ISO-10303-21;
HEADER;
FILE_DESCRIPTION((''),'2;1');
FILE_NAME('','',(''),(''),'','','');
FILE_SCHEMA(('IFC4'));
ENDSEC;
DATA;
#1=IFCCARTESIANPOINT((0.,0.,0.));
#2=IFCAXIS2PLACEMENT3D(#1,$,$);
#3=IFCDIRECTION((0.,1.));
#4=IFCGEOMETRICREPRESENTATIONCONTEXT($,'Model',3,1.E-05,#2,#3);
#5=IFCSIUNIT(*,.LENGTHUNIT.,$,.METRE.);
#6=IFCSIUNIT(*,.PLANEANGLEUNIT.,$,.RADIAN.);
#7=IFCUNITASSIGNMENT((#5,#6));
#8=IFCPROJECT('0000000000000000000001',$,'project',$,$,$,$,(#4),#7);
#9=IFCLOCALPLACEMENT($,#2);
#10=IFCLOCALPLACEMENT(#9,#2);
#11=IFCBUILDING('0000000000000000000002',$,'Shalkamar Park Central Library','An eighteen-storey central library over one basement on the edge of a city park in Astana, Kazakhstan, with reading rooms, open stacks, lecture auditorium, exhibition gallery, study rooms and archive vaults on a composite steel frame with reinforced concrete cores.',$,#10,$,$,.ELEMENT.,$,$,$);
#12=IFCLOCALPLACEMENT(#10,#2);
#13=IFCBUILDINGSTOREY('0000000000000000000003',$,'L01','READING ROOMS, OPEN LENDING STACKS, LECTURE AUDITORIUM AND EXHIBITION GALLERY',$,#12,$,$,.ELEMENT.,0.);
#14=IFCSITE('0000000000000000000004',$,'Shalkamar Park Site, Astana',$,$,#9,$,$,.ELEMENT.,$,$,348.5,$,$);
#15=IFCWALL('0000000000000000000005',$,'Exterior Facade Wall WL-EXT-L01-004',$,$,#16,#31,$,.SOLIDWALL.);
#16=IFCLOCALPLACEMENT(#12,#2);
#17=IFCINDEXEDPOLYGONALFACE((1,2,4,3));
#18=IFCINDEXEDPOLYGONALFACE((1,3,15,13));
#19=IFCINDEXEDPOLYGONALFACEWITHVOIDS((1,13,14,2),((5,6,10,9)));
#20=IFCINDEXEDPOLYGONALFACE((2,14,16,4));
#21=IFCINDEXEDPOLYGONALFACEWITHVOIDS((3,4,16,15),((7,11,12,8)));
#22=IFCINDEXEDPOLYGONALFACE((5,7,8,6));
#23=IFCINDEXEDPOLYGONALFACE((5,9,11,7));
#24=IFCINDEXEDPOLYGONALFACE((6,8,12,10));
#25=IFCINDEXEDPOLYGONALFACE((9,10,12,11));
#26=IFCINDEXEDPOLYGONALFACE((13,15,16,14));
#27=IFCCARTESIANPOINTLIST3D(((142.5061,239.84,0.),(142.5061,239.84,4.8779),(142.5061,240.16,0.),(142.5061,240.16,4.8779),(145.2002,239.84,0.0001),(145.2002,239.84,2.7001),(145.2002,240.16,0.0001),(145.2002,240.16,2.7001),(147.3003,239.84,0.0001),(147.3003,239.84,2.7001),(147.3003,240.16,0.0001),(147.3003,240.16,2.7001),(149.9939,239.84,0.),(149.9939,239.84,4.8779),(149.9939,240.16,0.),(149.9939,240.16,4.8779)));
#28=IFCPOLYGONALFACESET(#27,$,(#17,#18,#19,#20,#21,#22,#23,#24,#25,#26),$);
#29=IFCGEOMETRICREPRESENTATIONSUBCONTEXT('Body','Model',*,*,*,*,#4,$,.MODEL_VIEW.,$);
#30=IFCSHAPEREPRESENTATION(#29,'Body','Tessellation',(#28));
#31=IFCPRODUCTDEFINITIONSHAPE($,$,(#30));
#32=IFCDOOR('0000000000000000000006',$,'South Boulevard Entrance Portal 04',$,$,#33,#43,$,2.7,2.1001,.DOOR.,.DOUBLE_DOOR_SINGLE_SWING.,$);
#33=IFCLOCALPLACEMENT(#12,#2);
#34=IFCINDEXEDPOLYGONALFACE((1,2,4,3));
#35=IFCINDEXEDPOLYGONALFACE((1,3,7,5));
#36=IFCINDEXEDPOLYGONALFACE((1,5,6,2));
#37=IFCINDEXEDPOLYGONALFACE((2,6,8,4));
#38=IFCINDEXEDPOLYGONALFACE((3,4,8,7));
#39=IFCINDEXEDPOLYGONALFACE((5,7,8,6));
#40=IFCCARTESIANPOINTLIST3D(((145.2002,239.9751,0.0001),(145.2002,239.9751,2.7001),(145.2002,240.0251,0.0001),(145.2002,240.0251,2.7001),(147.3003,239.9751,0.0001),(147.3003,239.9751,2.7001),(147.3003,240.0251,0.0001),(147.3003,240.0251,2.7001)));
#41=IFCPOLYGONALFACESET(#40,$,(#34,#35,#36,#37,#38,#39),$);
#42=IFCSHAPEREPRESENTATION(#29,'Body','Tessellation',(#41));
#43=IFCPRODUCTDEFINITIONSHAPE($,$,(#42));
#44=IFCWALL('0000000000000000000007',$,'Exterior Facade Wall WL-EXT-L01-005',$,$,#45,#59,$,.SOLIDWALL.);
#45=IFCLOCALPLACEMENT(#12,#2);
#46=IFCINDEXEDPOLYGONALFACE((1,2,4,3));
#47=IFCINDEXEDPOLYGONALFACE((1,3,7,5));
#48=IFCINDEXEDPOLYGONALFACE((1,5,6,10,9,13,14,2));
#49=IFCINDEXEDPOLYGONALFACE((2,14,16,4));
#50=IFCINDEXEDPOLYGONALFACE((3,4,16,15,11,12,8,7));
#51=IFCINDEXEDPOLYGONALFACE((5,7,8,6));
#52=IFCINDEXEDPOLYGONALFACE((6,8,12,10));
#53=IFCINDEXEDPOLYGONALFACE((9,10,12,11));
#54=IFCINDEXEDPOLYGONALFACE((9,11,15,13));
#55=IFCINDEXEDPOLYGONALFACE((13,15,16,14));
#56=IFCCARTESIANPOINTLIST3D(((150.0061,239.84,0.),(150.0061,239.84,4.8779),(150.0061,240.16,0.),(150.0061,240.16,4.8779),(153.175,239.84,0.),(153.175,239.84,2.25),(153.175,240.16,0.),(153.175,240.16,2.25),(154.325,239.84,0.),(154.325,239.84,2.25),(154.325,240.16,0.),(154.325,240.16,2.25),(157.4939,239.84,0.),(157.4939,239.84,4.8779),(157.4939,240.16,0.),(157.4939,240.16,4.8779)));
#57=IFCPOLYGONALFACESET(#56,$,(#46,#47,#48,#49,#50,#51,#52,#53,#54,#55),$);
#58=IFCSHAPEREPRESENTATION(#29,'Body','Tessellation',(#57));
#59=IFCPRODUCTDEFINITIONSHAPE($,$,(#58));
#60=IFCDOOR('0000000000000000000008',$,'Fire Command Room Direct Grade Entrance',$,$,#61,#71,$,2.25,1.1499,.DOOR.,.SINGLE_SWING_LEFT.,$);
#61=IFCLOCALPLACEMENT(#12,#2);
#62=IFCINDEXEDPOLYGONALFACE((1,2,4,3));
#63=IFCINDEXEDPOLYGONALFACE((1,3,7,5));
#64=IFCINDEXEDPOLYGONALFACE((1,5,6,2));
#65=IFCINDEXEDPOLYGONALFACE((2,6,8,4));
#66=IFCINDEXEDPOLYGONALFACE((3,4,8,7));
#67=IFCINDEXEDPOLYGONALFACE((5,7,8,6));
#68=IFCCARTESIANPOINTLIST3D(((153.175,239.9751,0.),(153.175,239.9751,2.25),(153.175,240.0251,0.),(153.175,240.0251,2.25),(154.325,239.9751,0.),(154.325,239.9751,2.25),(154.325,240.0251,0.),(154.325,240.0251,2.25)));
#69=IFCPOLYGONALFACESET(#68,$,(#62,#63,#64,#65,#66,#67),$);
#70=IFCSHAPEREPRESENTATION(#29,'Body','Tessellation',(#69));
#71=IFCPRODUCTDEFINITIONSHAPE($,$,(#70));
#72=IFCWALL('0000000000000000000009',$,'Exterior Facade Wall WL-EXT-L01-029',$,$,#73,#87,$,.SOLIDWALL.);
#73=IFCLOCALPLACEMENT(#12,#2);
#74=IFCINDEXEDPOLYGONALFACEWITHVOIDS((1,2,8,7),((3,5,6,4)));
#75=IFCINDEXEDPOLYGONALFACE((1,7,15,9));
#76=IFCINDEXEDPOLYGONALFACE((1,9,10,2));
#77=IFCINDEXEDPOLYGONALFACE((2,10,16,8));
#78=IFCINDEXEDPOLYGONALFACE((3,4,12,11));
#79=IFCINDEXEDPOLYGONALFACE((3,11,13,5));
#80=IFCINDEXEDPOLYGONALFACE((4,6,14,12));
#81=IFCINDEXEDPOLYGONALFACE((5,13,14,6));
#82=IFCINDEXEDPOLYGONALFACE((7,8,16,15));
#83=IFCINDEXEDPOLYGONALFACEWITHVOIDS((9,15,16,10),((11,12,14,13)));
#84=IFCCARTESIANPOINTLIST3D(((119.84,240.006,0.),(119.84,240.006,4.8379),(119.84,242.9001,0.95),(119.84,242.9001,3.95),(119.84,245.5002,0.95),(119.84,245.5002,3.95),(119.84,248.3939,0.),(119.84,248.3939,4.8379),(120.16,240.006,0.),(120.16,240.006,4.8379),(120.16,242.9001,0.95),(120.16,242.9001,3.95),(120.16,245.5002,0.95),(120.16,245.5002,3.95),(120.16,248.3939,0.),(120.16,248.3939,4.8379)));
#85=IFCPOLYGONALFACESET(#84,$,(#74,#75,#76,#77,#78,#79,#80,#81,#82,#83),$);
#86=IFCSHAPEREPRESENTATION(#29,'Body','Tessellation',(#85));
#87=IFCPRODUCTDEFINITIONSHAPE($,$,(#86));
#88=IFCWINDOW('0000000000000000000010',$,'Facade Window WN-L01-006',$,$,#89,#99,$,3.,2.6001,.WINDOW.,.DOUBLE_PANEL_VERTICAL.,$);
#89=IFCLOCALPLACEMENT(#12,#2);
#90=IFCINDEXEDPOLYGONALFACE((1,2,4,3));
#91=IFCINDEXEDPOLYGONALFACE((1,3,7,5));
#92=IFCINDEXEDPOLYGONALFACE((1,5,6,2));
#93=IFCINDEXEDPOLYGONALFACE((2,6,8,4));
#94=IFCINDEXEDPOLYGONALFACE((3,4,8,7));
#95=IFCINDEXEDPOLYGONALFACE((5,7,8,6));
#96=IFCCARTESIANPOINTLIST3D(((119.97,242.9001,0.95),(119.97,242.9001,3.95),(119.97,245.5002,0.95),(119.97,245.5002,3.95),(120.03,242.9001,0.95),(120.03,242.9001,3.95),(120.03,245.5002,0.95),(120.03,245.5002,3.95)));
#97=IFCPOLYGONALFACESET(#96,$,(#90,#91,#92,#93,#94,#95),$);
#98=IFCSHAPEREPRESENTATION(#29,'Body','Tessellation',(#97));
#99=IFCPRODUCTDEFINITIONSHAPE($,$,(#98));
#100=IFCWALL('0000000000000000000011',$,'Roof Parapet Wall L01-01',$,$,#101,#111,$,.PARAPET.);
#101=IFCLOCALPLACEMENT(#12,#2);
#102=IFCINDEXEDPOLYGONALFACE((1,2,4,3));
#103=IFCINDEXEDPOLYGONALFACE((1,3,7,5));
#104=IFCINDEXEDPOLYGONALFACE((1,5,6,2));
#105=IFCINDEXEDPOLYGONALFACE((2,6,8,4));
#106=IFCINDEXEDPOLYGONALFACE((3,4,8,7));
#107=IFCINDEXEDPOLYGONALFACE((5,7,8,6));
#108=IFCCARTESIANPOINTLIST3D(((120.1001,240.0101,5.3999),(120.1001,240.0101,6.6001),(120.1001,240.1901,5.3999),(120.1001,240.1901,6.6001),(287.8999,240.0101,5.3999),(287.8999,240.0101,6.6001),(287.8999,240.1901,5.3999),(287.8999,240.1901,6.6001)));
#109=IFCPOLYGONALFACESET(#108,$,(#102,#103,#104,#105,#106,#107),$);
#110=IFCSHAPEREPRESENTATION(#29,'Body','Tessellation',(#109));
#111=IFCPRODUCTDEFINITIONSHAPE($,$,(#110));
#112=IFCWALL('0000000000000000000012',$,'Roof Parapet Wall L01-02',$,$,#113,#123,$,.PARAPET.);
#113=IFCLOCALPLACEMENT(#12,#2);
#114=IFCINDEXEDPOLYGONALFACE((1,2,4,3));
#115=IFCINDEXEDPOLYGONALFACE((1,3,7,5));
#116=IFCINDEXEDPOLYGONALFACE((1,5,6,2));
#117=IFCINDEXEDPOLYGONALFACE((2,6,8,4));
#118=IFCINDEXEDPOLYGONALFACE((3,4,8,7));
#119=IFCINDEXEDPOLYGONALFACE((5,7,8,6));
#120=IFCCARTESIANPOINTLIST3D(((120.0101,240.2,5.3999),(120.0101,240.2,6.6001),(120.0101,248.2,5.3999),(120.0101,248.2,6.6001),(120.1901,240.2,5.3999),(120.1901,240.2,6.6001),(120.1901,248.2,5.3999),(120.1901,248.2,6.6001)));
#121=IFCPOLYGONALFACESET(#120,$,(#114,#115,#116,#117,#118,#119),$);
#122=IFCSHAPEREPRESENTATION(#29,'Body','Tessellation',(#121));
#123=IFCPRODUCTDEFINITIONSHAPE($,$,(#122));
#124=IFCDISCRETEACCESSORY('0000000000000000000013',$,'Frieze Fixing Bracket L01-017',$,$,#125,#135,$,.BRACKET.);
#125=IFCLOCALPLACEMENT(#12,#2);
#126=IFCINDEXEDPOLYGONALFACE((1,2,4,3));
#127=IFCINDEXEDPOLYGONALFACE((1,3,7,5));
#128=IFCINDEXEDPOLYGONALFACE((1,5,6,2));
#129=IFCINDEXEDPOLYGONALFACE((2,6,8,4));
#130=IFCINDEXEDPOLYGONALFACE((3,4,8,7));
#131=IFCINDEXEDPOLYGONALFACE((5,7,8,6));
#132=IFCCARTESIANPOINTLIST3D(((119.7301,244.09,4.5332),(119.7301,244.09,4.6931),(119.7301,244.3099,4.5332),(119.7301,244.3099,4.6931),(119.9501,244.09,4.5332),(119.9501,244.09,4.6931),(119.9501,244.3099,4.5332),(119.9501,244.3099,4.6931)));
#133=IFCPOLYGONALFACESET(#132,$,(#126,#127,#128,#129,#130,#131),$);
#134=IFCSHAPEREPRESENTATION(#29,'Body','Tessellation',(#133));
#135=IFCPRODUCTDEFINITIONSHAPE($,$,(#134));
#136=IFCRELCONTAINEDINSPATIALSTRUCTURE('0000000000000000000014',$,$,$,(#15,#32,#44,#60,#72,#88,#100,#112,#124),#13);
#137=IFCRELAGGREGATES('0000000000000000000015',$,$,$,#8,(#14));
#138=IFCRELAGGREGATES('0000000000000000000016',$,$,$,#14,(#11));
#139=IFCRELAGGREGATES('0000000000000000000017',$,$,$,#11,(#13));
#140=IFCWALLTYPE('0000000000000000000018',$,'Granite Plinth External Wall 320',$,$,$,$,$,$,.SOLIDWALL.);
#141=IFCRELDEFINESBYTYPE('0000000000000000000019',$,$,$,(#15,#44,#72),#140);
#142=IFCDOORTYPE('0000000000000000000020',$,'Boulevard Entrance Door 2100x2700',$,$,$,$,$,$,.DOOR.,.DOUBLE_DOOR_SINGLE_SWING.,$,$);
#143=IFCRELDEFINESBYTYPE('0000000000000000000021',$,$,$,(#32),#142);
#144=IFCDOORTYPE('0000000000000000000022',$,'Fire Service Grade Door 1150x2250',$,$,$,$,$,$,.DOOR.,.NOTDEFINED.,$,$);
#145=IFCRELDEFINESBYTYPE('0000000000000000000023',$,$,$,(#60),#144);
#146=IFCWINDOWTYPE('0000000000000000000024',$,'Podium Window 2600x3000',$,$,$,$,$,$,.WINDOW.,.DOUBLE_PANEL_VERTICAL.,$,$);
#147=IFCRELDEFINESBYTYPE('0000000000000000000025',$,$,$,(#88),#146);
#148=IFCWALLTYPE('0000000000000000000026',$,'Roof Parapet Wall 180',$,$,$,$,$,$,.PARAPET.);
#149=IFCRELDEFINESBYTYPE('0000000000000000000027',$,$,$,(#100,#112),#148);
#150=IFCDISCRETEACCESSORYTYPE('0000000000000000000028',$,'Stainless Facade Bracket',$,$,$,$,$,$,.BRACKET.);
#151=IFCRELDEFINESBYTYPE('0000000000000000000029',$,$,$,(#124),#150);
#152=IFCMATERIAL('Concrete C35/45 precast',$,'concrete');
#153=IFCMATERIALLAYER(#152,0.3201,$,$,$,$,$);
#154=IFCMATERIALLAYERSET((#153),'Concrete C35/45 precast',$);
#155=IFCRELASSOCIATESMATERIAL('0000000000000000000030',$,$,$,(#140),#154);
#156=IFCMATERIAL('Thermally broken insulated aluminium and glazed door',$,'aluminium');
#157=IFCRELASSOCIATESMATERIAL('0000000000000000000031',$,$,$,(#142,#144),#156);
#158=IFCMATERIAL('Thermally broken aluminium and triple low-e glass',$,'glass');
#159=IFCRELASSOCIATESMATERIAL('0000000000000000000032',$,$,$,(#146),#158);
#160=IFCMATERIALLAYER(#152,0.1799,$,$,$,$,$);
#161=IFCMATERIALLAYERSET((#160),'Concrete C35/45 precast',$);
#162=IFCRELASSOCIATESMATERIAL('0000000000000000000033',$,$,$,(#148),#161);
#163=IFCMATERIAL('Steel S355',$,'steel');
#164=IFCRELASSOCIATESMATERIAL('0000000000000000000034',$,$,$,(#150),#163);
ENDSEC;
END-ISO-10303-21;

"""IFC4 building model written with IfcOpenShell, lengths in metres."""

from ifc_helpers import new_model, si_unit, direction, frame, frame_2d, origin, origin_2d, place, context, subcontext, project, spatial, rectangle, extrude, material, layer, layer_set, type_object, element, fill, save


model = new_model("IFC4")

# Units and contexts
model_context = context("Model", 3, precision=1e-05, world=origin(), true_north=direction((0.0, 1.0)))
body_context = subcontext(model_context, "Body", "Model", "MODEL_VIEW")
ifc_project = project(units=[si_unit("LENGTHUNIT", "METRE"), si_unit("PLANEANGLEUNIT", "RADIAN")], contexts=[model_context])

# Site, building, storey
site_placement = place(None, origin())
site = spatial("IfcSite", under=ifc_project, at=site_placement, Name="Shalkamar Park Site, Astana", CompositionType="ELEMENT", RefElevation=348.5)
building_placement = place(site_placement, origin())
building = spatial("IfcBuilding", under=site, at=building_placement, Name="Shalkamar Park Central Library", Description="An eighteen-storey central library over one basement on the edge of a city park in Astana, Kazakhstan, with reading rooms, open stacks, lecture auditorium, exhibition gallery, study rooms and archive vaults on a composite steel frame with reinforced concrete cores.", CompositionType="ELEMENT")
storey_placement = place(building_placement, origin())
storey = spatial("IfcBuildingStorey", under=building, at=storey_placement, Name="L01", Description="READING ROOMS, OPEN LENDING STACKS, LECTURE AUDITORIUM AND EXHIBITION GALLERY", CompositionType="ELEMENT", Elevation=0.0)

# Shared definitions
ifc_material_1 = material(Name="Steel S355", Category="steel")

# Walls, openings, doors
ifc_material_2 = material(Name="Concrete C35/45 precast", Category="concrete")
ifc_layer_1 = layer(ifc_material_2, 0.3201)
ifc_layer_set_1 = layer_set([ifc_layer_1], Name="Concrete C35/45 precast")
wall_type_1 = type_object("IfcWallType", Name="Granite Plinth External Wall 320", PredefinedType="SOLIDWALL", material=ifc_layer_set_1)
wall_1_placement = place(storey_placement, frame((142.5061, 240.0, 0.0), z_axis=(0.0, 0.0, 1.0), x_axis=(1.0, 0.0, 0.0)))
wall_1 = element("IfcWall", 1, at=wall_1_placement, inside=storey, type_object=wall_type_1, Name="Exterior Facade Wall WL-EXT-L01-004", PredefinedType="SOLIDWALL", context=body_context, shape_type="SweptSolid", body=[
    extrude(rectangle(XDim=7.4878, YDim=0.3201, at=frame_2d((3.7439, 0.0))), origin(), (0.0, 0.0, 1.0), 4.8779),
])
opening_1_placement = place(wall_1_placement, frame((2.6941, 0.0, 0.0)))
opening_1 = element("IfcOpeningElement", 2, at=opening_1_placement, cuts=wall_1, PredefinedType="OPENING", context=body_context, shape_type="SweptSolid", body=[
    extrude(rectangle(XDim=2.1001, YDim=2.7, at=frame_2d((1.05, 1.3501))), frame((0.0, 0.1748, 0.0), z_axis=(0.0, -1.0, 0.0), x_axis=(1.0, 0.0, 0.0)), (0.0, 0.0, 1.0), 0.3499),
])
ifc_material_3 = material(Name="Thermally broken insulated aluminium and glazed door", Category="aluminium")
door_type_1 = type_object("IfcDoorType", Name="Boulevard Entrance Door 2100x2700", OperationType="DOUBLE_DOOR_SINGLE_SWING", PredefinedType="DOOR", material=ifc_material_3)
door_1_placement = place(opening_1_placement, frame((2.1001, 0.0, 0.0), z_axis=(0.0, 0.0, 1.0), x_axis=(-1.0, 0.0, 0.0)))
door_1 = element("IfcDoor", 3, at=door_1_placement, inside=storey, type_object=door_type_1, Name="South Boulevard Entrance Portal 04", OperationType="DOUBLE_DOOR_SINGLE_SWING", OverallHeight=2.7, OverallWidth=2.1001, PredefinedType="DOOR", context=body_context, shape_type="SweptSolid", body=[
    extrude(rectangle(XDim=2.1001, YDim=2.7, at=frame_2d((1.05, 1.3501))), frame((0.0, 0.0249, 0.0), z_axis=(0.0, -1.0, 0.0), x_axis=(1.0, 0.0, 0.0)), (0.0, 0.0, 1.0), 0.05),
])
fill(opening_1, door_1)
wall_2_placement = place(storey_placement, frame((150.0061, 240.0, 0.0), z_axis=(0.0, 0.0, 1.0), x_axis=(1.0, 0.0, 0.0)))
wall_2 = element("IfcWall", 4, at=wall_2_placement, inside=storey, type_object=wall_type_1, Name="Exterior Facade Wall WL-EXT-L01-005", PredefinedType="SOLIDWALL", context=body_context, shape_type="SweptSolid", body=[
    extrude(rectangle(XDim=7.4878, YDim=0.3201, at=frame_2d((3.7439, 0.0))), origin(), (0.0, 0.0, 1.0), 4.8779),
])
opening_2_placement = place(wall_2_placement, frame((3.1689, 0.0, 0.0)))
opening_2 = element("IfcOpeningElement", 5, at=opening_2_placement, cuts=wall_2, PredefinedType="OPENING", context=body_context, shape_type="SweptSolid", body=[
    extrude(rectangle(XDim=1.1499, YDim=2.25, at=frame_2d((0.575, 1.125))), frame((0.0, 0.1748, 0.0), z_axis=(0.0, -1.0, 0.0), x_axis=(1.0, 0.0, 0.0)), (0.0, 0.0, 1.0), 0.3499),
])
door_type_2 = type_object("IfcDoorType", Name="Fire Service Grade Door 1150x2250", OperationType="NOTDEFINED", PredefinedType="DOOR", material=ifc_material_3)
door_2_placement = place(opening_2_placement, frame((1.1499, 0.0, 0.0), z_axis=(0.0, 0.0, 1.0), x_axis=(-1.0, 0.0, 0.0)))
door_2 = element("IfcDoor", 6, at=door_2_placement, inside=storey, type_object=door_type_2, Name="Fire Command Room Direct Grade Entrance", OperationType="SINGLE_SWING_LEFT", OverallHeight=2.25, OverallWidth=1.1499, PredefinedType="DOOR", context=body_context, shape_type="SweptSolid", body=[
    extrude(rectangle(XDim=1.1499, YDim=2.25, at=frame_2d((0.575, 1.125))), frame((0.0, 0.0249, 0.0), z_axis=(0.0, -1.0, 0.0), x_axis=(1.0, 0.0, 0.0)), (0.0, 0.0, 1.0), 0.05),
])
fill(opening_2, door_2)

# Wall, opening, window
wall_3_placement = place(storey_placement, frame((120.0, 240.0061, 0.0), z_axis=(0.0, 0.0, 1.0), x_axis=(0.0, 1.0, 0.0)))
wall_3 = element("IfcWall", 7, at=wall_3_placement, inside=storey, type_object=wall_type_1, Name="Exterior Facade Wall WL-EXT-L01-029", PredefinedType="SOLIDWALL", context=body_context, shape_type="SweptSolid", body=[
    extrude(rectangle(XDim=8.3879, YDim=0.3201, at=frame_2d((4.1938, 0.0))), origin(), (0.0, 0.0, 1.0), 4.8379),
])
opening_3_placement = place(wall_3_placement, frame((2.894, 0.0, 0.95)))
opening_3 = element("IfcOpeningElement", 8, at=opening_3_placement, cuts=wall_3, PredefinedType="OPENING", context=body_context, shape_type="SweptSolid", body=[
    extrude(rectangle(XDim=2.6001, YDim=3.0, at=frame_2d((1.3, 1.5))), frame((0.0, 0.1748, 0.0), z_axis=(0.0, -1.0, 0.0), x_axis=(1.0, 0.0, 0.0)), (0.0, 0.0, 1.0), 0.3499),
])
ifc_material_4 = material(Name="Thermally broken aluminium and triple low-e glass", Category="glass")
window_type = type_object("IfcWindowType", Name="Podium Window 2600x3000", PartitioningType="DOUBLE_PANEL_VERTICAL", PredefinedType="WINDOW", material=ifc_material_4)
window_placement = place(opening_3_placement, origin())
window = element("IfcWindow", 9, at=window_placement, inside=storey, type_object=window_type, Name="Facade Window WN-L01-006", OverallHeight=3.0, OverallWidth=2.6001, PartitioningType="DOUBLE_PANEL_VERTICAL", PredefinedType="WINDOW", context=body_context, shape_type="SweptSolid", body=[
    extrude(rectangle(XDim=2.6001, YDim=3.0, at=frame_2d((1.3, 1.5))), frame((0.0, 0.03, 0.0), z_axis=(0.0, -1.0, 0.0), x_axis=(1.0, 0.0, 0.0)), (0.0, 0.0, 1.0), 0.0601),
])
fill(opening_3, window)

# Walls
ifc_layer_2 = layer(ifc_material_2, 0.1799)
ifc_layer_set_2 = layer_set([ifc_layer_2], Name="Concrete C35/45 precast")
wall_type_2 = type_object("IfcWallType", Name="Roof Parapet Wall 180", PredefinedType="PARAPET", material=ifc_layer_set_2)
wall_4_placement = place(storey_placement, frame((120.1001, 240.1001, 5.3999), z_axis=(0.0, 0.0, 1.0), x_axis=(1.0, 0.0, 0.0)))
element("IfcWall", 10, at=wall_4_placement, inside=storey, type_object=wall_type_2, Name="Roof Parapet Wall L01-01", PredefinedType="PARAPET", context=body_context, shape_type="SweptSolid", body=[
    extrude(rectangle(XDim=167.7998, YDim=0.1799, at=frame_2d((83.8999, 0.0))), origin(), (0.0, 0.0, 1.0), 1.2002),
])
wall_5_placement = place(storey_placement, frame((120.1001, 240.2, 5.3999), z_axis=(0.0, 0.0, 1.0), x_axis=(0.0, 1.0, 0.0)))
element("IfcWall", 11, at=wall_5_placement, inside=storey, type_object=wall_type_2, Name="Roof Parapet Wall L01-02", PredefinedType="PARAPET", context=body_context, shape_type="SweptSolid", body=[
    extrude(rectangle(XDim=8.0, YDim=0.1799, at=frame_2d((4.0, 0.0))), origin(), (0.0, 0.0, 1.0), 1.2002),
])

# Discrete accessory
discrete_accessory_type = type_object("IfcDiscreteAccessoryType", Name="Stainless Facade Bracket", PredefinedType="BRACKET", material=ifc_material_1)
discrete_accessory_placement = place(storey_placement, frame((119.8401, 244.2, 4.5332), z_axis=(0.0, 0.0, 1.0), x_axis=(1.0, 0.0, 0.0)))
element("IfcDiscreteAccessory", 12, at=discrete_accessory_placement, inside=storey, type_object=discrete_accessory_type, Name="Frieze Fixing Bracket L01-017", PredefinedType="BRACKET", context=body_context, shape_type="SweptSolid", body=[
    extrude(rectangle(XDim=0.22, YDim=0.22, at=origin_2d()), origin(), (0.0, 0.0, 1.0), 0.1599),
])

save(model, "model.ifc")
